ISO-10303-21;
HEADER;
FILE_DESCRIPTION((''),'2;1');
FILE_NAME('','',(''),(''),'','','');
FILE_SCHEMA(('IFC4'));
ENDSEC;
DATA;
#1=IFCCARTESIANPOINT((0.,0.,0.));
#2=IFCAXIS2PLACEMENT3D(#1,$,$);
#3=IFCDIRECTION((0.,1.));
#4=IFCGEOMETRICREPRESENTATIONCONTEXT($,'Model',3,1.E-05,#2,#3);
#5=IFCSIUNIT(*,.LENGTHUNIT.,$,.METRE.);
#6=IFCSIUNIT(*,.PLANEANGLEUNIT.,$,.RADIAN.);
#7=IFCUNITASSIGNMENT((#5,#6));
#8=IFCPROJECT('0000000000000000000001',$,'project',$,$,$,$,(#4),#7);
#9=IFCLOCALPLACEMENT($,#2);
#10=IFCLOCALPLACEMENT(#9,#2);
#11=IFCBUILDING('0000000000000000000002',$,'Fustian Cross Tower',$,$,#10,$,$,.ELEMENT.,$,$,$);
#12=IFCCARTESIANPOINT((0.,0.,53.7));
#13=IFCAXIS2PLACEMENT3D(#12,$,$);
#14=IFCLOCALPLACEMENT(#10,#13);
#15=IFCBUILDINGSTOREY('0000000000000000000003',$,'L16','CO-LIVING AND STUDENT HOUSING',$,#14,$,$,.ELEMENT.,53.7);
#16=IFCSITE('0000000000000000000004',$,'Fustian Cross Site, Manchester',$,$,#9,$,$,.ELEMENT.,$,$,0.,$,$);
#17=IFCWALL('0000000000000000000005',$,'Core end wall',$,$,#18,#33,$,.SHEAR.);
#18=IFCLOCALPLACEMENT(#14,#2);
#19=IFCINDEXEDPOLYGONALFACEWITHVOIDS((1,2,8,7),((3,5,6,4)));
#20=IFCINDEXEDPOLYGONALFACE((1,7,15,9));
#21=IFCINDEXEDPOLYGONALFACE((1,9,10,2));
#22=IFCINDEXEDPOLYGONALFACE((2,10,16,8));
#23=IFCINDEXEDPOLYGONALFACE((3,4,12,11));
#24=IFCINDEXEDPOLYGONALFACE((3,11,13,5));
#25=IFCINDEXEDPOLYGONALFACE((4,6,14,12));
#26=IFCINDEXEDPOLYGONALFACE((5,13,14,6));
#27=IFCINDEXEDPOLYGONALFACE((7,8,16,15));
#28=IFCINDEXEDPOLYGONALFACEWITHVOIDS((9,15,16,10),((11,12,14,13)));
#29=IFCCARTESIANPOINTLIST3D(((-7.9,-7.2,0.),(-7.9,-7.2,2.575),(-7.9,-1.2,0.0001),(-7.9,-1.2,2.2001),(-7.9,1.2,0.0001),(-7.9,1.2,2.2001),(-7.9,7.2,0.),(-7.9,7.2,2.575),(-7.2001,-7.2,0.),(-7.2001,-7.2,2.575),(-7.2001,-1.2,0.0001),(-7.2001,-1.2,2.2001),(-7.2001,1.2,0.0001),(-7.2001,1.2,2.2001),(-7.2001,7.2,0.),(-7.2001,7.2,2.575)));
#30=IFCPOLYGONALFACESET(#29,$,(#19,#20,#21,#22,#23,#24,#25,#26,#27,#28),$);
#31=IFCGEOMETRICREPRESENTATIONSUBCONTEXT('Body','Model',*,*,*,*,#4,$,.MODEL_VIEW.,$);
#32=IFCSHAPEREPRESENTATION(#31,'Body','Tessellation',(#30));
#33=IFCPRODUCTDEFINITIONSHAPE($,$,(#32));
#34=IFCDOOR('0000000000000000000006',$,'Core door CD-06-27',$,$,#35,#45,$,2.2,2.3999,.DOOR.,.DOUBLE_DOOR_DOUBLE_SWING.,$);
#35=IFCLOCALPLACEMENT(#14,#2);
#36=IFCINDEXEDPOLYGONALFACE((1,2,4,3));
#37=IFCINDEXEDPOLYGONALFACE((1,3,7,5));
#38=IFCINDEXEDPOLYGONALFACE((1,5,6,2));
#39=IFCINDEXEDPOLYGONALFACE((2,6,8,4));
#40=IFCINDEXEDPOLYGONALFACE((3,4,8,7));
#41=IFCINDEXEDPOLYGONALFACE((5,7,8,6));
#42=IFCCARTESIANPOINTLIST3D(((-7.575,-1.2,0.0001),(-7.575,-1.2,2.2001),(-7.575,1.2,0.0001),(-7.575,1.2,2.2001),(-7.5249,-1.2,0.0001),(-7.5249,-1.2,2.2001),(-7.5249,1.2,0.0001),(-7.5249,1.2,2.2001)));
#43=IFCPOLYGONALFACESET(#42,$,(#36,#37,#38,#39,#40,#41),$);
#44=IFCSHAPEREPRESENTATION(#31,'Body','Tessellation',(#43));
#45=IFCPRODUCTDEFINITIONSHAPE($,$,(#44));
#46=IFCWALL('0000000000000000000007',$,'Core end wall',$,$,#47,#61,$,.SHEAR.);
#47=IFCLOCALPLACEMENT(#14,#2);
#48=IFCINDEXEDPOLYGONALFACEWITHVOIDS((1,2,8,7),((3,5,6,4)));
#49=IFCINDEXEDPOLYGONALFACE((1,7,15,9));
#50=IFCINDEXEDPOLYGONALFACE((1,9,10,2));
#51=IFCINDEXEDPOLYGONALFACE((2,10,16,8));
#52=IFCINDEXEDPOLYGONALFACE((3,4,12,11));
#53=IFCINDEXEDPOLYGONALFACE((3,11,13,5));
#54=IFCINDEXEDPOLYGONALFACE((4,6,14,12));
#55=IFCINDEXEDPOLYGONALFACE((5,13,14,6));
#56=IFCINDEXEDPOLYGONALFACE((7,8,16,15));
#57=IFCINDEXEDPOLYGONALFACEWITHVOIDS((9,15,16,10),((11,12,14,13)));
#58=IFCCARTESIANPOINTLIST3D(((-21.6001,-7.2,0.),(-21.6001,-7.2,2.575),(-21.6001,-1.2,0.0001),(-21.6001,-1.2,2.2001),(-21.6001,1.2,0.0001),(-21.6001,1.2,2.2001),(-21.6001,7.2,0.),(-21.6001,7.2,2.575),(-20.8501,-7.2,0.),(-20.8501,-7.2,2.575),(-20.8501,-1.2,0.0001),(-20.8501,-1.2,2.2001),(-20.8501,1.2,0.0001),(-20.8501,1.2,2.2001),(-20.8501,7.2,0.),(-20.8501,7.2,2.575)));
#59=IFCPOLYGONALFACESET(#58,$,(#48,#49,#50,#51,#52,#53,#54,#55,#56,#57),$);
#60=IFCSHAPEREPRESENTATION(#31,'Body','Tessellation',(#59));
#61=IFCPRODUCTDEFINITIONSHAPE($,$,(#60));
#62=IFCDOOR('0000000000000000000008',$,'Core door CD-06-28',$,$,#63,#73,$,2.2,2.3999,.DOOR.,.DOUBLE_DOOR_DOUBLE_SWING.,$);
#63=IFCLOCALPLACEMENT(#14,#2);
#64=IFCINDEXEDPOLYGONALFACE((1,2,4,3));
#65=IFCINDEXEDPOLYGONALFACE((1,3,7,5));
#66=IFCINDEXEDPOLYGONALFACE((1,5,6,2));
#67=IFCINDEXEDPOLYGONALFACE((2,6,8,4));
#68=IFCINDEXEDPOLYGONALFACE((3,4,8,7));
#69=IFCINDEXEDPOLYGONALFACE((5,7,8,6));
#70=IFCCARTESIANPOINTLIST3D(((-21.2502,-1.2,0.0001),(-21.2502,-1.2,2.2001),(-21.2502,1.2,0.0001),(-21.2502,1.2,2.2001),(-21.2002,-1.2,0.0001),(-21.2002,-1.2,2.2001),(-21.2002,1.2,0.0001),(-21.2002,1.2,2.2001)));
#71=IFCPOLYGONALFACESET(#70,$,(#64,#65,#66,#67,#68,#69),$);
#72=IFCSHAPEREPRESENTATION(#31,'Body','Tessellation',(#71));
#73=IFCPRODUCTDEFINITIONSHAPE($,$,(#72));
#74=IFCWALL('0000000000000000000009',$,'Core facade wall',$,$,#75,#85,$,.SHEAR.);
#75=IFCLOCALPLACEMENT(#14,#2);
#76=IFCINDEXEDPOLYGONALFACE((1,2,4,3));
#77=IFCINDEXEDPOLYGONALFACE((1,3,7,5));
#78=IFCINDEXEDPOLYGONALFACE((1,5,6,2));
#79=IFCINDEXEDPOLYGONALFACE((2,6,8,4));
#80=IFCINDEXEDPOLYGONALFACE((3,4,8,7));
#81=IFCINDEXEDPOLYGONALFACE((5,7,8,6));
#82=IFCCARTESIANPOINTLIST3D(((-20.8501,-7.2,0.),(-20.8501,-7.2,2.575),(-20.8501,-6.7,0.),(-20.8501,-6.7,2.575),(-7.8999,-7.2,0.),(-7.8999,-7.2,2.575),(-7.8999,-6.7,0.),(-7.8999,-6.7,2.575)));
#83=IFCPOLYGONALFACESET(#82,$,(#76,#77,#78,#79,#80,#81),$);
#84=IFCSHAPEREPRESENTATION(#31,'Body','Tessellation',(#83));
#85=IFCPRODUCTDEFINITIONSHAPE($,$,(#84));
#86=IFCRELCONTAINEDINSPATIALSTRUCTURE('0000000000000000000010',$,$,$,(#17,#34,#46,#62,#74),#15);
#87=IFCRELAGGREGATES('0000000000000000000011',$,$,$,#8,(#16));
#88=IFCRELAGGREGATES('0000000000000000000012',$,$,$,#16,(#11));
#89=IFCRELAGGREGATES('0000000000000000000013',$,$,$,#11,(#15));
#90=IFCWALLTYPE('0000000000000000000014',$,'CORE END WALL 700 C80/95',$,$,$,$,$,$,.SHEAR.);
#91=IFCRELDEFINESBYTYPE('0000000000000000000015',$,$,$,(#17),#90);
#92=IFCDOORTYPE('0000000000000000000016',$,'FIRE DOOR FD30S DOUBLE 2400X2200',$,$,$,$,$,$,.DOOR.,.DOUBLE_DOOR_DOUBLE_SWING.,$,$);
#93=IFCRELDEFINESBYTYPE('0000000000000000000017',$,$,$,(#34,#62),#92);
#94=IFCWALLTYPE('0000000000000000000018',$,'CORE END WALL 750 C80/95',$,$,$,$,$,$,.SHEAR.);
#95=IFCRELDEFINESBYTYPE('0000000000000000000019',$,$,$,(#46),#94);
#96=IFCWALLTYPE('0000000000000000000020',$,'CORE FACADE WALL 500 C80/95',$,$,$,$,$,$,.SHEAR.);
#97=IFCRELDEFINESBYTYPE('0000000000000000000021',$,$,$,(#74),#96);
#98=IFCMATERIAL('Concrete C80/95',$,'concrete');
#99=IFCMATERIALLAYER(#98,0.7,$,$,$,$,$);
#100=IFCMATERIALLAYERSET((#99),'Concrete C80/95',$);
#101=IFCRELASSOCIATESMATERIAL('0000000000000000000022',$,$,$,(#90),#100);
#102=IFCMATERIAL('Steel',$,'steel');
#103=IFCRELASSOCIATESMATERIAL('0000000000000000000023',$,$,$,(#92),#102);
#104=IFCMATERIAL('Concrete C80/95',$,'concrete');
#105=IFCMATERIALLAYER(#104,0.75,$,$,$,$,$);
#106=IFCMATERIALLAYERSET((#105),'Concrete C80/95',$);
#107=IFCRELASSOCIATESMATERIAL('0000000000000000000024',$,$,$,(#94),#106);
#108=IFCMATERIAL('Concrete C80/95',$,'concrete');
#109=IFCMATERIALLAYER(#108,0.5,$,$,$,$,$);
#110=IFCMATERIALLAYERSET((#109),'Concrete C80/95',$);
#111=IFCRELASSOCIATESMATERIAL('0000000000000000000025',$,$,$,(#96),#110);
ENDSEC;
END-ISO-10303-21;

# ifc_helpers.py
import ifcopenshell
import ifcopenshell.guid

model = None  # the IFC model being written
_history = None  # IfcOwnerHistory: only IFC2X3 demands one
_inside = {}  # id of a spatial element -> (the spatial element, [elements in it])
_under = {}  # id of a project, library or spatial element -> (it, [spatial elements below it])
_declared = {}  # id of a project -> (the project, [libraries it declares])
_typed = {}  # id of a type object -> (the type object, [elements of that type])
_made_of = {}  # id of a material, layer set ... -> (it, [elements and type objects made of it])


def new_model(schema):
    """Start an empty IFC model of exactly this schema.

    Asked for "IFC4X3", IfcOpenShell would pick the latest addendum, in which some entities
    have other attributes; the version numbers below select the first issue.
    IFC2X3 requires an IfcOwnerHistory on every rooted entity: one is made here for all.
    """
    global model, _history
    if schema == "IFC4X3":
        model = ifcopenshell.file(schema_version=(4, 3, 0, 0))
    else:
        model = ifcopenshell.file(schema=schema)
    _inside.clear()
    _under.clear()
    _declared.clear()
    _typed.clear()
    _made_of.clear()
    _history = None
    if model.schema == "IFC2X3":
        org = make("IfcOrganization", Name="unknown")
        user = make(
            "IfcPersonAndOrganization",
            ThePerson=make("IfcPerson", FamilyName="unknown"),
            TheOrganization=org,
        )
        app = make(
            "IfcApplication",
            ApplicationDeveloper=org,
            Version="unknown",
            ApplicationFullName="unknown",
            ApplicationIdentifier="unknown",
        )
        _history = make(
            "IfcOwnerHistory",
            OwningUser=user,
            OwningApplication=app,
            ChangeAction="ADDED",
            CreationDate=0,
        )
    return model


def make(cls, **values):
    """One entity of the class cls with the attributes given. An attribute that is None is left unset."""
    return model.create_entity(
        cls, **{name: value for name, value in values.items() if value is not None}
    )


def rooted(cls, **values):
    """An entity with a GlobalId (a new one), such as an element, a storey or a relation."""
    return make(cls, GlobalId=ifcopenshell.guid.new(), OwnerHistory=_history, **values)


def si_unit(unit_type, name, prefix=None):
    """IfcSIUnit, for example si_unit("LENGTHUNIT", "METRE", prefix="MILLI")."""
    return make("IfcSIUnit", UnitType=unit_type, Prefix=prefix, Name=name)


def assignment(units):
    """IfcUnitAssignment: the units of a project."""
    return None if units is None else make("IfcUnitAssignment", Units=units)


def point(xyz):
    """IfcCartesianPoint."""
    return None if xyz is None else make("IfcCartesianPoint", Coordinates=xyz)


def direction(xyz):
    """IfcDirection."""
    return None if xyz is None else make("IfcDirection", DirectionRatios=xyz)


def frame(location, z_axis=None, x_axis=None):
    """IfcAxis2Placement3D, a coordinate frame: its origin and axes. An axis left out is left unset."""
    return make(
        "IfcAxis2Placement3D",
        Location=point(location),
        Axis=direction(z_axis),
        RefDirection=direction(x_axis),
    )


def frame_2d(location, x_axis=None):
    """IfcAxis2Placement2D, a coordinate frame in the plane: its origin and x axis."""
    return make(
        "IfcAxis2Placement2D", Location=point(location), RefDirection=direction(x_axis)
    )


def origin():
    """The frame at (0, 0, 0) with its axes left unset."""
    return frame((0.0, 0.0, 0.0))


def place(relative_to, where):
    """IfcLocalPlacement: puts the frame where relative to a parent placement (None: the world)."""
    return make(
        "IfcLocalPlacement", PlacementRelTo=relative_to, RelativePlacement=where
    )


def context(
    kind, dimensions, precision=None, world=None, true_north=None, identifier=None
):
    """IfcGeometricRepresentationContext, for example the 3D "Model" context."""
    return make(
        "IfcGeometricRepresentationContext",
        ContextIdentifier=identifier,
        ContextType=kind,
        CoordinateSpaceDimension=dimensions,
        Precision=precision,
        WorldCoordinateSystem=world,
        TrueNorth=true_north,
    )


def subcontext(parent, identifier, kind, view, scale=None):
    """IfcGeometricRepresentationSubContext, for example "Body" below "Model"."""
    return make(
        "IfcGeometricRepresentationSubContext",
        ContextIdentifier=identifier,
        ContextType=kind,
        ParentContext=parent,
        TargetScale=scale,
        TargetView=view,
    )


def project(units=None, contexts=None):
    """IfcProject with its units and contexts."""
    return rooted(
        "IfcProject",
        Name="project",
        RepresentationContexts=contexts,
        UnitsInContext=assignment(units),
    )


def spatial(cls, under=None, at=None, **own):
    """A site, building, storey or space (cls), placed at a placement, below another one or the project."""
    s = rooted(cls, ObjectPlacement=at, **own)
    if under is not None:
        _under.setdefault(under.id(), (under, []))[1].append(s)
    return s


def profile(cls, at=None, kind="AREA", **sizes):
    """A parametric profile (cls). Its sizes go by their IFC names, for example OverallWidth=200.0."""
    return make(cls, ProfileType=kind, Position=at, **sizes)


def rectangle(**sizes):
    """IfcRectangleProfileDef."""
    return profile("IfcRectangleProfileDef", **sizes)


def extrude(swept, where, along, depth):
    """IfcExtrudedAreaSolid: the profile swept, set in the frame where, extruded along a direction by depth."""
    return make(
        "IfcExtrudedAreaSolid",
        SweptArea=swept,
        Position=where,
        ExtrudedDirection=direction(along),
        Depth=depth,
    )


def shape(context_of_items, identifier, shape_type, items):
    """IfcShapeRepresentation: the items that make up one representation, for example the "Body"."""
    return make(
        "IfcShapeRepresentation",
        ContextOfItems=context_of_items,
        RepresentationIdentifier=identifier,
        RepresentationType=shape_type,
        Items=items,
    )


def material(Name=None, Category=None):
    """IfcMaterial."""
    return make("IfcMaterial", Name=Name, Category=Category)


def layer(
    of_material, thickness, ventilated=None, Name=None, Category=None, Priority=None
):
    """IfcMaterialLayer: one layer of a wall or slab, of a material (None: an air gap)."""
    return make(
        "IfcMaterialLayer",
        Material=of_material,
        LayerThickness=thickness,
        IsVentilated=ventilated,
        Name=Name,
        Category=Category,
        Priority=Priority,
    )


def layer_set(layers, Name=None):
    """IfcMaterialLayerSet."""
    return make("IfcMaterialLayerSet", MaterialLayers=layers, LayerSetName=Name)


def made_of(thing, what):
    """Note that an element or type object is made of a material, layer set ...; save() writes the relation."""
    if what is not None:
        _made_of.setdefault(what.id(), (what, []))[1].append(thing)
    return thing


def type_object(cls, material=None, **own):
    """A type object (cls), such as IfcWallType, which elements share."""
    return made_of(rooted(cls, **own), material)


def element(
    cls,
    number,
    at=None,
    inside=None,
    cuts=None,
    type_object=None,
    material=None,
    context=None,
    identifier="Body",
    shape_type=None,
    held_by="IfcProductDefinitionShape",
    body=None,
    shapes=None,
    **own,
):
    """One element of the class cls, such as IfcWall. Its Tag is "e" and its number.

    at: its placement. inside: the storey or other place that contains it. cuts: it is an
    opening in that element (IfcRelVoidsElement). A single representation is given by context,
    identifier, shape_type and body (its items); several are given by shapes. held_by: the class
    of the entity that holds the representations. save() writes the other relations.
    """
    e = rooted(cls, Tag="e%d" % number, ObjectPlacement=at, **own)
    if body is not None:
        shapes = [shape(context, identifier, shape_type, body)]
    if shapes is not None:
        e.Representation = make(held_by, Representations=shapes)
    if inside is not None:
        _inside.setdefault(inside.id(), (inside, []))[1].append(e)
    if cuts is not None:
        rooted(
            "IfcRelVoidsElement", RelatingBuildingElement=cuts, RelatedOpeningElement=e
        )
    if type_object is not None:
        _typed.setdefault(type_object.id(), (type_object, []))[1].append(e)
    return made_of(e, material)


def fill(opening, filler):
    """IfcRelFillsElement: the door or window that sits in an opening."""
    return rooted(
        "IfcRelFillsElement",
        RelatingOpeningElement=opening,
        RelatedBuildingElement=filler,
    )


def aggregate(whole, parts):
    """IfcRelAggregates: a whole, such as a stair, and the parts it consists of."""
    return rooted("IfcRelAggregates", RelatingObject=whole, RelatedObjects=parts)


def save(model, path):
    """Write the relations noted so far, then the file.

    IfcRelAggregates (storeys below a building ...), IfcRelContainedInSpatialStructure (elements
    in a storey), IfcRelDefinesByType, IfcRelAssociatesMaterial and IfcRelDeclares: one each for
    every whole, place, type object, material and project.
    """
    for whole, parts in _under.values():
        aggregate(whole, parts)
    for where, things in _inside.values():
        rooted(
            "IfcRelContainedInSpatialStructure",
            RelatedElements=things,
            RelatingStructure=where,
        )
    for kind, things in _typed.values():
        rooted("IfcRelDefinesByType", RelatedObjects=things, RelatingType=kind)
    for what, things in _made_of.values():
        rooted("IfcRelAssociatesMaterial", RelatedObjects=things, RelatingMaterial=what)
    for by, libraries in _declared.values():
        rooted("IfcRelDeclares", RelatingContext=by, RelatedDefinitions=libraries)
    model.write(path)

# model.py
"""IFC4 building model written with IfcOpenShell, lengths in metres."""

from ifc_helpers import new_model, si_unit, direction, frame, frame_2d, origin, place, context, subcontext, project, spatial, rectangle, extrude, material, layer, layer_set, type_object, element, fill, save


model = new_model("IFC4")

# Units and contexts
model_context = context("Model", 3, precision=1e-05, world=origin(), true_north=direction((0.0, 1.0)))
body_context = subcontext(model_context, "Body", "Model", "MODEL_VIEW")
ifc_project = project(units=[si_unit("LENGTHUNIT", "METRE"), si_unit("PLANEANGLEUNIT", "RADIAN")], contexts=[model_context])

# Site, building, storey
site_placement = place(None, origin())
site = spatial("IfcSite", under=ifc_project, at=site_placement, Name="Fustian Cross Site, Manchester", CompositionType="ELEMENT", RefElevation=0.0)
building_placement = place(site_placement, origin())
building = spatial("IfcBuilding", under=site, at=building_placement, Name="Fustian Cross Tower", CompositionType="ELEMENT")
storey_placement = place(building_placement, frame((0.0, 0.0, 53.7)))
storey = spatial("IfcBuildingStorey", under=building, at=storey_placement, Name="L16", Description="CO-LIVING AND STUDENT HOUSING", CompositionType="ELEMENT", Elevation=53.7)

# Walls, openings, doors
ifc_material_1 = material(Name="Concrete C80/95", Category="concrete")
ifc_layer_1 = layer(ifc_material_1, 0.7)
ifc_layer_set_1 = layer_set([ifc_layer_1], Name="Concrete C80/95")
wall_type_1 = type_object("IfcWallType", Name="CORE END WALL 700 C80/95", PredefinedType="SHEAR", material=ifc_layer_set_1)
wall_1_placement = place(storey_placement, frame((-7.55, -7.2, 0.0), z_axis=(0.0, 0.0, 1.0), x_axis=(0.0, 1.0, 0.0)))
wall_1 = element("IfcWall", 1, at=wall_1_placement, inside=storey, type_object=wall_type_1, Name="Core end wall", PredefinedType="SHEAR", context=body_context, shape_type="SweptSolid", body=[
    extrude(rectangle(XDim=14.3999, YDim=0.7, at=frame_2d((7.2, 0.0))), origin(), (0.0, 0.0, 1.0), 2.575),
])
opening_1_placement = place(wall_1_placement, frame((6.0, 0.0, 0.0)))
opening_1 = element("IfcOpeningElement", 2, at=opening_1_placement, cuts=wall_1, PredefinedType="OPENING", context=body_context, shape_type="SweptSolid", body=[
    extrude(rectangle(XDim=2.3999, YDim=2.2, at=frame_2d((1.2, 1.1001))), frame((0.0, 0.3599, 0.0), z_axis=(0.0, -1.0, 0.0), x_axis=(1.0, 0.0, 0.0)), (0.0, 0.0, 1.0), 0.72),
])
ifc_material_2 = material(Name="Steel", Category="steel")
door_type_1 = type_object("IfcDoorType", Name="FIRE DOOR FD30S DOUBLE 2400X2200", OperationType="DOUBLE_DOOR_DOUBLE_SWING", PredefinedType="DOOR", material=ifc_material_2)
door_1_placement = place(opening_1_placement, origin())
door_1 = element("IfcDoor", 3, at=door_1_placement, inside=storey, type_object=door_type_1, Name="Core door CD-06-27", OperationType="DOUBLE_DOOR_DOUBLE_SWING", OverallHeight=2.2, OverallWidth=2.3999, PredefinedType="DOOR", context=body_context, shape_type="SweptSolid", body=[
    extrude(rectangle(XDim=2.3999, YDim=2.2, at=frame_2d((1.2, 1.1001))), frame((0.0, 0.0249, 0.0), z_axis=(0.0, -1.0, 0.0), x_axis=(1.0, 0.0, 0.0)), (0.0, 0.0, 1.0), 0.05),
])
fill(opening_1, door_1)
ifc_material_3 = material(Name="Concrete C80/95", Category="concrete")
ifc_layer_2 = layer(ifc_material_3, 0.75)
ifc_layer_set_2 = layer_set([ifc_layer_2], Name="Concrete C80/95")
wall_type_2 = type_object("IfcWallType", Name="CORE END WALL 750 C80/95", PredefinedType="SHEAR", material=ifc_layer_set_2)
wall_2_placement = place(storey_placement, frame((-21.2251, -7.2, 0.0), z_axis=(0.0, 0.0, 1.0), x_axis=(0.0, 1.0, 0.0)))
wall_2 = element("IfcWall", 4, at=wall_2_placement, inside=storey, type_object=wall_type_2, Name="Core end wall", PredefinedType="SHEAR", context=body_context, shape_type="SweptSolid", body=[
    extrude(rectangle(XDim=14.3999, YDim=0.75, at=frame_2d((7.2, 0.0))), origin(), (0.0, 0.0, 1.0), 2.575),
])
opening_2_placement = place(wall_2_placement, frame((6.0, 0.0, 0.0)))
opening_2 = element("IfcOpeningElement", 5, at=opening_2_placement, cuts=wall_2, PredefinedType="OPENING", context=body_context, shape_type="SweptSolid", body=[
    extrude(rectangle(XDim=2.3999, YDim=2.2, at=frame_2d((1.2, 1.1001))), frame((0.0, 0.385, 0.0), z_axis=(0.0, -1.0, 0.0), x_axis=(1.0, 0.0, 0.0)), (0.0, 0.0, 1.0), 0.77),
])
door_2_placement = place(opening_2_placement, frame((2.3999, 0.0, 0.0), z_axis=(0.0, 0.0, 1.0), x_axis=(-1.0, 0.0, 0.0)))
door_2 = element("IfcDoor", 6, at=door_2_placement, inside=storey, type_object=door_type_1, Name="Core door CD-06-28", OperationType="DOUBLE_DOOR_DOUBLE_SWING", OverallHeight=2.2, OverallWidth=2.3999, PredefinedType="DOOR", context=body_context, shape_type="SweptSolid", body=[
    extrude(rectangle(XDim=2.3999, YDim=2.2, at=frame_2d((1.2, 1.1001))), frame((0.0, 0.0249, 0.0), z_axis=(0.0, -1.0, 0.0), x_axis=(1.0, 0.0, 0.0)), (0.0, 0.0, 1.0), 0.05),
])
fill(opening_2, door_2)

# Wall
ifc_material_4 = material(Name="Concrete C80/95", Category="concrete")
ifc_layer_3 = layer(ifc_material_4, 0.5)
ifc_layer_set_3 = layer_set([ifc_layer_3], Name="Concrete C80/95")
wall_type_3 = type_object("IfcWallType", Name="CORE FACADE WALL 500 C80/95", PredefinedType="SHEAR", material=ifc_layer_set_3)
wall_3_placement = place(storey_placement, frame((-7.8999, -6.95, 0.0), z_axis=(0.0, 0.0, 1.0), x_axis=(-1.0, 0.0, 0.0)))
element("IfcWall", 7, at=wall_3_placement, inside=storey, type_object=wall_type_3, Name="Core facade wall", PredefinedType="SHEAR", context=body_context, shape_type="SweptSolid", body=[
    extrude(rectangle(XDim=12.9502, YDim=0.5, at=frame_2d((6.4751, 0.0))), origin(), (0.0, 0.0, 1.0), 2.575),
])

save(model, "model.ifc")
